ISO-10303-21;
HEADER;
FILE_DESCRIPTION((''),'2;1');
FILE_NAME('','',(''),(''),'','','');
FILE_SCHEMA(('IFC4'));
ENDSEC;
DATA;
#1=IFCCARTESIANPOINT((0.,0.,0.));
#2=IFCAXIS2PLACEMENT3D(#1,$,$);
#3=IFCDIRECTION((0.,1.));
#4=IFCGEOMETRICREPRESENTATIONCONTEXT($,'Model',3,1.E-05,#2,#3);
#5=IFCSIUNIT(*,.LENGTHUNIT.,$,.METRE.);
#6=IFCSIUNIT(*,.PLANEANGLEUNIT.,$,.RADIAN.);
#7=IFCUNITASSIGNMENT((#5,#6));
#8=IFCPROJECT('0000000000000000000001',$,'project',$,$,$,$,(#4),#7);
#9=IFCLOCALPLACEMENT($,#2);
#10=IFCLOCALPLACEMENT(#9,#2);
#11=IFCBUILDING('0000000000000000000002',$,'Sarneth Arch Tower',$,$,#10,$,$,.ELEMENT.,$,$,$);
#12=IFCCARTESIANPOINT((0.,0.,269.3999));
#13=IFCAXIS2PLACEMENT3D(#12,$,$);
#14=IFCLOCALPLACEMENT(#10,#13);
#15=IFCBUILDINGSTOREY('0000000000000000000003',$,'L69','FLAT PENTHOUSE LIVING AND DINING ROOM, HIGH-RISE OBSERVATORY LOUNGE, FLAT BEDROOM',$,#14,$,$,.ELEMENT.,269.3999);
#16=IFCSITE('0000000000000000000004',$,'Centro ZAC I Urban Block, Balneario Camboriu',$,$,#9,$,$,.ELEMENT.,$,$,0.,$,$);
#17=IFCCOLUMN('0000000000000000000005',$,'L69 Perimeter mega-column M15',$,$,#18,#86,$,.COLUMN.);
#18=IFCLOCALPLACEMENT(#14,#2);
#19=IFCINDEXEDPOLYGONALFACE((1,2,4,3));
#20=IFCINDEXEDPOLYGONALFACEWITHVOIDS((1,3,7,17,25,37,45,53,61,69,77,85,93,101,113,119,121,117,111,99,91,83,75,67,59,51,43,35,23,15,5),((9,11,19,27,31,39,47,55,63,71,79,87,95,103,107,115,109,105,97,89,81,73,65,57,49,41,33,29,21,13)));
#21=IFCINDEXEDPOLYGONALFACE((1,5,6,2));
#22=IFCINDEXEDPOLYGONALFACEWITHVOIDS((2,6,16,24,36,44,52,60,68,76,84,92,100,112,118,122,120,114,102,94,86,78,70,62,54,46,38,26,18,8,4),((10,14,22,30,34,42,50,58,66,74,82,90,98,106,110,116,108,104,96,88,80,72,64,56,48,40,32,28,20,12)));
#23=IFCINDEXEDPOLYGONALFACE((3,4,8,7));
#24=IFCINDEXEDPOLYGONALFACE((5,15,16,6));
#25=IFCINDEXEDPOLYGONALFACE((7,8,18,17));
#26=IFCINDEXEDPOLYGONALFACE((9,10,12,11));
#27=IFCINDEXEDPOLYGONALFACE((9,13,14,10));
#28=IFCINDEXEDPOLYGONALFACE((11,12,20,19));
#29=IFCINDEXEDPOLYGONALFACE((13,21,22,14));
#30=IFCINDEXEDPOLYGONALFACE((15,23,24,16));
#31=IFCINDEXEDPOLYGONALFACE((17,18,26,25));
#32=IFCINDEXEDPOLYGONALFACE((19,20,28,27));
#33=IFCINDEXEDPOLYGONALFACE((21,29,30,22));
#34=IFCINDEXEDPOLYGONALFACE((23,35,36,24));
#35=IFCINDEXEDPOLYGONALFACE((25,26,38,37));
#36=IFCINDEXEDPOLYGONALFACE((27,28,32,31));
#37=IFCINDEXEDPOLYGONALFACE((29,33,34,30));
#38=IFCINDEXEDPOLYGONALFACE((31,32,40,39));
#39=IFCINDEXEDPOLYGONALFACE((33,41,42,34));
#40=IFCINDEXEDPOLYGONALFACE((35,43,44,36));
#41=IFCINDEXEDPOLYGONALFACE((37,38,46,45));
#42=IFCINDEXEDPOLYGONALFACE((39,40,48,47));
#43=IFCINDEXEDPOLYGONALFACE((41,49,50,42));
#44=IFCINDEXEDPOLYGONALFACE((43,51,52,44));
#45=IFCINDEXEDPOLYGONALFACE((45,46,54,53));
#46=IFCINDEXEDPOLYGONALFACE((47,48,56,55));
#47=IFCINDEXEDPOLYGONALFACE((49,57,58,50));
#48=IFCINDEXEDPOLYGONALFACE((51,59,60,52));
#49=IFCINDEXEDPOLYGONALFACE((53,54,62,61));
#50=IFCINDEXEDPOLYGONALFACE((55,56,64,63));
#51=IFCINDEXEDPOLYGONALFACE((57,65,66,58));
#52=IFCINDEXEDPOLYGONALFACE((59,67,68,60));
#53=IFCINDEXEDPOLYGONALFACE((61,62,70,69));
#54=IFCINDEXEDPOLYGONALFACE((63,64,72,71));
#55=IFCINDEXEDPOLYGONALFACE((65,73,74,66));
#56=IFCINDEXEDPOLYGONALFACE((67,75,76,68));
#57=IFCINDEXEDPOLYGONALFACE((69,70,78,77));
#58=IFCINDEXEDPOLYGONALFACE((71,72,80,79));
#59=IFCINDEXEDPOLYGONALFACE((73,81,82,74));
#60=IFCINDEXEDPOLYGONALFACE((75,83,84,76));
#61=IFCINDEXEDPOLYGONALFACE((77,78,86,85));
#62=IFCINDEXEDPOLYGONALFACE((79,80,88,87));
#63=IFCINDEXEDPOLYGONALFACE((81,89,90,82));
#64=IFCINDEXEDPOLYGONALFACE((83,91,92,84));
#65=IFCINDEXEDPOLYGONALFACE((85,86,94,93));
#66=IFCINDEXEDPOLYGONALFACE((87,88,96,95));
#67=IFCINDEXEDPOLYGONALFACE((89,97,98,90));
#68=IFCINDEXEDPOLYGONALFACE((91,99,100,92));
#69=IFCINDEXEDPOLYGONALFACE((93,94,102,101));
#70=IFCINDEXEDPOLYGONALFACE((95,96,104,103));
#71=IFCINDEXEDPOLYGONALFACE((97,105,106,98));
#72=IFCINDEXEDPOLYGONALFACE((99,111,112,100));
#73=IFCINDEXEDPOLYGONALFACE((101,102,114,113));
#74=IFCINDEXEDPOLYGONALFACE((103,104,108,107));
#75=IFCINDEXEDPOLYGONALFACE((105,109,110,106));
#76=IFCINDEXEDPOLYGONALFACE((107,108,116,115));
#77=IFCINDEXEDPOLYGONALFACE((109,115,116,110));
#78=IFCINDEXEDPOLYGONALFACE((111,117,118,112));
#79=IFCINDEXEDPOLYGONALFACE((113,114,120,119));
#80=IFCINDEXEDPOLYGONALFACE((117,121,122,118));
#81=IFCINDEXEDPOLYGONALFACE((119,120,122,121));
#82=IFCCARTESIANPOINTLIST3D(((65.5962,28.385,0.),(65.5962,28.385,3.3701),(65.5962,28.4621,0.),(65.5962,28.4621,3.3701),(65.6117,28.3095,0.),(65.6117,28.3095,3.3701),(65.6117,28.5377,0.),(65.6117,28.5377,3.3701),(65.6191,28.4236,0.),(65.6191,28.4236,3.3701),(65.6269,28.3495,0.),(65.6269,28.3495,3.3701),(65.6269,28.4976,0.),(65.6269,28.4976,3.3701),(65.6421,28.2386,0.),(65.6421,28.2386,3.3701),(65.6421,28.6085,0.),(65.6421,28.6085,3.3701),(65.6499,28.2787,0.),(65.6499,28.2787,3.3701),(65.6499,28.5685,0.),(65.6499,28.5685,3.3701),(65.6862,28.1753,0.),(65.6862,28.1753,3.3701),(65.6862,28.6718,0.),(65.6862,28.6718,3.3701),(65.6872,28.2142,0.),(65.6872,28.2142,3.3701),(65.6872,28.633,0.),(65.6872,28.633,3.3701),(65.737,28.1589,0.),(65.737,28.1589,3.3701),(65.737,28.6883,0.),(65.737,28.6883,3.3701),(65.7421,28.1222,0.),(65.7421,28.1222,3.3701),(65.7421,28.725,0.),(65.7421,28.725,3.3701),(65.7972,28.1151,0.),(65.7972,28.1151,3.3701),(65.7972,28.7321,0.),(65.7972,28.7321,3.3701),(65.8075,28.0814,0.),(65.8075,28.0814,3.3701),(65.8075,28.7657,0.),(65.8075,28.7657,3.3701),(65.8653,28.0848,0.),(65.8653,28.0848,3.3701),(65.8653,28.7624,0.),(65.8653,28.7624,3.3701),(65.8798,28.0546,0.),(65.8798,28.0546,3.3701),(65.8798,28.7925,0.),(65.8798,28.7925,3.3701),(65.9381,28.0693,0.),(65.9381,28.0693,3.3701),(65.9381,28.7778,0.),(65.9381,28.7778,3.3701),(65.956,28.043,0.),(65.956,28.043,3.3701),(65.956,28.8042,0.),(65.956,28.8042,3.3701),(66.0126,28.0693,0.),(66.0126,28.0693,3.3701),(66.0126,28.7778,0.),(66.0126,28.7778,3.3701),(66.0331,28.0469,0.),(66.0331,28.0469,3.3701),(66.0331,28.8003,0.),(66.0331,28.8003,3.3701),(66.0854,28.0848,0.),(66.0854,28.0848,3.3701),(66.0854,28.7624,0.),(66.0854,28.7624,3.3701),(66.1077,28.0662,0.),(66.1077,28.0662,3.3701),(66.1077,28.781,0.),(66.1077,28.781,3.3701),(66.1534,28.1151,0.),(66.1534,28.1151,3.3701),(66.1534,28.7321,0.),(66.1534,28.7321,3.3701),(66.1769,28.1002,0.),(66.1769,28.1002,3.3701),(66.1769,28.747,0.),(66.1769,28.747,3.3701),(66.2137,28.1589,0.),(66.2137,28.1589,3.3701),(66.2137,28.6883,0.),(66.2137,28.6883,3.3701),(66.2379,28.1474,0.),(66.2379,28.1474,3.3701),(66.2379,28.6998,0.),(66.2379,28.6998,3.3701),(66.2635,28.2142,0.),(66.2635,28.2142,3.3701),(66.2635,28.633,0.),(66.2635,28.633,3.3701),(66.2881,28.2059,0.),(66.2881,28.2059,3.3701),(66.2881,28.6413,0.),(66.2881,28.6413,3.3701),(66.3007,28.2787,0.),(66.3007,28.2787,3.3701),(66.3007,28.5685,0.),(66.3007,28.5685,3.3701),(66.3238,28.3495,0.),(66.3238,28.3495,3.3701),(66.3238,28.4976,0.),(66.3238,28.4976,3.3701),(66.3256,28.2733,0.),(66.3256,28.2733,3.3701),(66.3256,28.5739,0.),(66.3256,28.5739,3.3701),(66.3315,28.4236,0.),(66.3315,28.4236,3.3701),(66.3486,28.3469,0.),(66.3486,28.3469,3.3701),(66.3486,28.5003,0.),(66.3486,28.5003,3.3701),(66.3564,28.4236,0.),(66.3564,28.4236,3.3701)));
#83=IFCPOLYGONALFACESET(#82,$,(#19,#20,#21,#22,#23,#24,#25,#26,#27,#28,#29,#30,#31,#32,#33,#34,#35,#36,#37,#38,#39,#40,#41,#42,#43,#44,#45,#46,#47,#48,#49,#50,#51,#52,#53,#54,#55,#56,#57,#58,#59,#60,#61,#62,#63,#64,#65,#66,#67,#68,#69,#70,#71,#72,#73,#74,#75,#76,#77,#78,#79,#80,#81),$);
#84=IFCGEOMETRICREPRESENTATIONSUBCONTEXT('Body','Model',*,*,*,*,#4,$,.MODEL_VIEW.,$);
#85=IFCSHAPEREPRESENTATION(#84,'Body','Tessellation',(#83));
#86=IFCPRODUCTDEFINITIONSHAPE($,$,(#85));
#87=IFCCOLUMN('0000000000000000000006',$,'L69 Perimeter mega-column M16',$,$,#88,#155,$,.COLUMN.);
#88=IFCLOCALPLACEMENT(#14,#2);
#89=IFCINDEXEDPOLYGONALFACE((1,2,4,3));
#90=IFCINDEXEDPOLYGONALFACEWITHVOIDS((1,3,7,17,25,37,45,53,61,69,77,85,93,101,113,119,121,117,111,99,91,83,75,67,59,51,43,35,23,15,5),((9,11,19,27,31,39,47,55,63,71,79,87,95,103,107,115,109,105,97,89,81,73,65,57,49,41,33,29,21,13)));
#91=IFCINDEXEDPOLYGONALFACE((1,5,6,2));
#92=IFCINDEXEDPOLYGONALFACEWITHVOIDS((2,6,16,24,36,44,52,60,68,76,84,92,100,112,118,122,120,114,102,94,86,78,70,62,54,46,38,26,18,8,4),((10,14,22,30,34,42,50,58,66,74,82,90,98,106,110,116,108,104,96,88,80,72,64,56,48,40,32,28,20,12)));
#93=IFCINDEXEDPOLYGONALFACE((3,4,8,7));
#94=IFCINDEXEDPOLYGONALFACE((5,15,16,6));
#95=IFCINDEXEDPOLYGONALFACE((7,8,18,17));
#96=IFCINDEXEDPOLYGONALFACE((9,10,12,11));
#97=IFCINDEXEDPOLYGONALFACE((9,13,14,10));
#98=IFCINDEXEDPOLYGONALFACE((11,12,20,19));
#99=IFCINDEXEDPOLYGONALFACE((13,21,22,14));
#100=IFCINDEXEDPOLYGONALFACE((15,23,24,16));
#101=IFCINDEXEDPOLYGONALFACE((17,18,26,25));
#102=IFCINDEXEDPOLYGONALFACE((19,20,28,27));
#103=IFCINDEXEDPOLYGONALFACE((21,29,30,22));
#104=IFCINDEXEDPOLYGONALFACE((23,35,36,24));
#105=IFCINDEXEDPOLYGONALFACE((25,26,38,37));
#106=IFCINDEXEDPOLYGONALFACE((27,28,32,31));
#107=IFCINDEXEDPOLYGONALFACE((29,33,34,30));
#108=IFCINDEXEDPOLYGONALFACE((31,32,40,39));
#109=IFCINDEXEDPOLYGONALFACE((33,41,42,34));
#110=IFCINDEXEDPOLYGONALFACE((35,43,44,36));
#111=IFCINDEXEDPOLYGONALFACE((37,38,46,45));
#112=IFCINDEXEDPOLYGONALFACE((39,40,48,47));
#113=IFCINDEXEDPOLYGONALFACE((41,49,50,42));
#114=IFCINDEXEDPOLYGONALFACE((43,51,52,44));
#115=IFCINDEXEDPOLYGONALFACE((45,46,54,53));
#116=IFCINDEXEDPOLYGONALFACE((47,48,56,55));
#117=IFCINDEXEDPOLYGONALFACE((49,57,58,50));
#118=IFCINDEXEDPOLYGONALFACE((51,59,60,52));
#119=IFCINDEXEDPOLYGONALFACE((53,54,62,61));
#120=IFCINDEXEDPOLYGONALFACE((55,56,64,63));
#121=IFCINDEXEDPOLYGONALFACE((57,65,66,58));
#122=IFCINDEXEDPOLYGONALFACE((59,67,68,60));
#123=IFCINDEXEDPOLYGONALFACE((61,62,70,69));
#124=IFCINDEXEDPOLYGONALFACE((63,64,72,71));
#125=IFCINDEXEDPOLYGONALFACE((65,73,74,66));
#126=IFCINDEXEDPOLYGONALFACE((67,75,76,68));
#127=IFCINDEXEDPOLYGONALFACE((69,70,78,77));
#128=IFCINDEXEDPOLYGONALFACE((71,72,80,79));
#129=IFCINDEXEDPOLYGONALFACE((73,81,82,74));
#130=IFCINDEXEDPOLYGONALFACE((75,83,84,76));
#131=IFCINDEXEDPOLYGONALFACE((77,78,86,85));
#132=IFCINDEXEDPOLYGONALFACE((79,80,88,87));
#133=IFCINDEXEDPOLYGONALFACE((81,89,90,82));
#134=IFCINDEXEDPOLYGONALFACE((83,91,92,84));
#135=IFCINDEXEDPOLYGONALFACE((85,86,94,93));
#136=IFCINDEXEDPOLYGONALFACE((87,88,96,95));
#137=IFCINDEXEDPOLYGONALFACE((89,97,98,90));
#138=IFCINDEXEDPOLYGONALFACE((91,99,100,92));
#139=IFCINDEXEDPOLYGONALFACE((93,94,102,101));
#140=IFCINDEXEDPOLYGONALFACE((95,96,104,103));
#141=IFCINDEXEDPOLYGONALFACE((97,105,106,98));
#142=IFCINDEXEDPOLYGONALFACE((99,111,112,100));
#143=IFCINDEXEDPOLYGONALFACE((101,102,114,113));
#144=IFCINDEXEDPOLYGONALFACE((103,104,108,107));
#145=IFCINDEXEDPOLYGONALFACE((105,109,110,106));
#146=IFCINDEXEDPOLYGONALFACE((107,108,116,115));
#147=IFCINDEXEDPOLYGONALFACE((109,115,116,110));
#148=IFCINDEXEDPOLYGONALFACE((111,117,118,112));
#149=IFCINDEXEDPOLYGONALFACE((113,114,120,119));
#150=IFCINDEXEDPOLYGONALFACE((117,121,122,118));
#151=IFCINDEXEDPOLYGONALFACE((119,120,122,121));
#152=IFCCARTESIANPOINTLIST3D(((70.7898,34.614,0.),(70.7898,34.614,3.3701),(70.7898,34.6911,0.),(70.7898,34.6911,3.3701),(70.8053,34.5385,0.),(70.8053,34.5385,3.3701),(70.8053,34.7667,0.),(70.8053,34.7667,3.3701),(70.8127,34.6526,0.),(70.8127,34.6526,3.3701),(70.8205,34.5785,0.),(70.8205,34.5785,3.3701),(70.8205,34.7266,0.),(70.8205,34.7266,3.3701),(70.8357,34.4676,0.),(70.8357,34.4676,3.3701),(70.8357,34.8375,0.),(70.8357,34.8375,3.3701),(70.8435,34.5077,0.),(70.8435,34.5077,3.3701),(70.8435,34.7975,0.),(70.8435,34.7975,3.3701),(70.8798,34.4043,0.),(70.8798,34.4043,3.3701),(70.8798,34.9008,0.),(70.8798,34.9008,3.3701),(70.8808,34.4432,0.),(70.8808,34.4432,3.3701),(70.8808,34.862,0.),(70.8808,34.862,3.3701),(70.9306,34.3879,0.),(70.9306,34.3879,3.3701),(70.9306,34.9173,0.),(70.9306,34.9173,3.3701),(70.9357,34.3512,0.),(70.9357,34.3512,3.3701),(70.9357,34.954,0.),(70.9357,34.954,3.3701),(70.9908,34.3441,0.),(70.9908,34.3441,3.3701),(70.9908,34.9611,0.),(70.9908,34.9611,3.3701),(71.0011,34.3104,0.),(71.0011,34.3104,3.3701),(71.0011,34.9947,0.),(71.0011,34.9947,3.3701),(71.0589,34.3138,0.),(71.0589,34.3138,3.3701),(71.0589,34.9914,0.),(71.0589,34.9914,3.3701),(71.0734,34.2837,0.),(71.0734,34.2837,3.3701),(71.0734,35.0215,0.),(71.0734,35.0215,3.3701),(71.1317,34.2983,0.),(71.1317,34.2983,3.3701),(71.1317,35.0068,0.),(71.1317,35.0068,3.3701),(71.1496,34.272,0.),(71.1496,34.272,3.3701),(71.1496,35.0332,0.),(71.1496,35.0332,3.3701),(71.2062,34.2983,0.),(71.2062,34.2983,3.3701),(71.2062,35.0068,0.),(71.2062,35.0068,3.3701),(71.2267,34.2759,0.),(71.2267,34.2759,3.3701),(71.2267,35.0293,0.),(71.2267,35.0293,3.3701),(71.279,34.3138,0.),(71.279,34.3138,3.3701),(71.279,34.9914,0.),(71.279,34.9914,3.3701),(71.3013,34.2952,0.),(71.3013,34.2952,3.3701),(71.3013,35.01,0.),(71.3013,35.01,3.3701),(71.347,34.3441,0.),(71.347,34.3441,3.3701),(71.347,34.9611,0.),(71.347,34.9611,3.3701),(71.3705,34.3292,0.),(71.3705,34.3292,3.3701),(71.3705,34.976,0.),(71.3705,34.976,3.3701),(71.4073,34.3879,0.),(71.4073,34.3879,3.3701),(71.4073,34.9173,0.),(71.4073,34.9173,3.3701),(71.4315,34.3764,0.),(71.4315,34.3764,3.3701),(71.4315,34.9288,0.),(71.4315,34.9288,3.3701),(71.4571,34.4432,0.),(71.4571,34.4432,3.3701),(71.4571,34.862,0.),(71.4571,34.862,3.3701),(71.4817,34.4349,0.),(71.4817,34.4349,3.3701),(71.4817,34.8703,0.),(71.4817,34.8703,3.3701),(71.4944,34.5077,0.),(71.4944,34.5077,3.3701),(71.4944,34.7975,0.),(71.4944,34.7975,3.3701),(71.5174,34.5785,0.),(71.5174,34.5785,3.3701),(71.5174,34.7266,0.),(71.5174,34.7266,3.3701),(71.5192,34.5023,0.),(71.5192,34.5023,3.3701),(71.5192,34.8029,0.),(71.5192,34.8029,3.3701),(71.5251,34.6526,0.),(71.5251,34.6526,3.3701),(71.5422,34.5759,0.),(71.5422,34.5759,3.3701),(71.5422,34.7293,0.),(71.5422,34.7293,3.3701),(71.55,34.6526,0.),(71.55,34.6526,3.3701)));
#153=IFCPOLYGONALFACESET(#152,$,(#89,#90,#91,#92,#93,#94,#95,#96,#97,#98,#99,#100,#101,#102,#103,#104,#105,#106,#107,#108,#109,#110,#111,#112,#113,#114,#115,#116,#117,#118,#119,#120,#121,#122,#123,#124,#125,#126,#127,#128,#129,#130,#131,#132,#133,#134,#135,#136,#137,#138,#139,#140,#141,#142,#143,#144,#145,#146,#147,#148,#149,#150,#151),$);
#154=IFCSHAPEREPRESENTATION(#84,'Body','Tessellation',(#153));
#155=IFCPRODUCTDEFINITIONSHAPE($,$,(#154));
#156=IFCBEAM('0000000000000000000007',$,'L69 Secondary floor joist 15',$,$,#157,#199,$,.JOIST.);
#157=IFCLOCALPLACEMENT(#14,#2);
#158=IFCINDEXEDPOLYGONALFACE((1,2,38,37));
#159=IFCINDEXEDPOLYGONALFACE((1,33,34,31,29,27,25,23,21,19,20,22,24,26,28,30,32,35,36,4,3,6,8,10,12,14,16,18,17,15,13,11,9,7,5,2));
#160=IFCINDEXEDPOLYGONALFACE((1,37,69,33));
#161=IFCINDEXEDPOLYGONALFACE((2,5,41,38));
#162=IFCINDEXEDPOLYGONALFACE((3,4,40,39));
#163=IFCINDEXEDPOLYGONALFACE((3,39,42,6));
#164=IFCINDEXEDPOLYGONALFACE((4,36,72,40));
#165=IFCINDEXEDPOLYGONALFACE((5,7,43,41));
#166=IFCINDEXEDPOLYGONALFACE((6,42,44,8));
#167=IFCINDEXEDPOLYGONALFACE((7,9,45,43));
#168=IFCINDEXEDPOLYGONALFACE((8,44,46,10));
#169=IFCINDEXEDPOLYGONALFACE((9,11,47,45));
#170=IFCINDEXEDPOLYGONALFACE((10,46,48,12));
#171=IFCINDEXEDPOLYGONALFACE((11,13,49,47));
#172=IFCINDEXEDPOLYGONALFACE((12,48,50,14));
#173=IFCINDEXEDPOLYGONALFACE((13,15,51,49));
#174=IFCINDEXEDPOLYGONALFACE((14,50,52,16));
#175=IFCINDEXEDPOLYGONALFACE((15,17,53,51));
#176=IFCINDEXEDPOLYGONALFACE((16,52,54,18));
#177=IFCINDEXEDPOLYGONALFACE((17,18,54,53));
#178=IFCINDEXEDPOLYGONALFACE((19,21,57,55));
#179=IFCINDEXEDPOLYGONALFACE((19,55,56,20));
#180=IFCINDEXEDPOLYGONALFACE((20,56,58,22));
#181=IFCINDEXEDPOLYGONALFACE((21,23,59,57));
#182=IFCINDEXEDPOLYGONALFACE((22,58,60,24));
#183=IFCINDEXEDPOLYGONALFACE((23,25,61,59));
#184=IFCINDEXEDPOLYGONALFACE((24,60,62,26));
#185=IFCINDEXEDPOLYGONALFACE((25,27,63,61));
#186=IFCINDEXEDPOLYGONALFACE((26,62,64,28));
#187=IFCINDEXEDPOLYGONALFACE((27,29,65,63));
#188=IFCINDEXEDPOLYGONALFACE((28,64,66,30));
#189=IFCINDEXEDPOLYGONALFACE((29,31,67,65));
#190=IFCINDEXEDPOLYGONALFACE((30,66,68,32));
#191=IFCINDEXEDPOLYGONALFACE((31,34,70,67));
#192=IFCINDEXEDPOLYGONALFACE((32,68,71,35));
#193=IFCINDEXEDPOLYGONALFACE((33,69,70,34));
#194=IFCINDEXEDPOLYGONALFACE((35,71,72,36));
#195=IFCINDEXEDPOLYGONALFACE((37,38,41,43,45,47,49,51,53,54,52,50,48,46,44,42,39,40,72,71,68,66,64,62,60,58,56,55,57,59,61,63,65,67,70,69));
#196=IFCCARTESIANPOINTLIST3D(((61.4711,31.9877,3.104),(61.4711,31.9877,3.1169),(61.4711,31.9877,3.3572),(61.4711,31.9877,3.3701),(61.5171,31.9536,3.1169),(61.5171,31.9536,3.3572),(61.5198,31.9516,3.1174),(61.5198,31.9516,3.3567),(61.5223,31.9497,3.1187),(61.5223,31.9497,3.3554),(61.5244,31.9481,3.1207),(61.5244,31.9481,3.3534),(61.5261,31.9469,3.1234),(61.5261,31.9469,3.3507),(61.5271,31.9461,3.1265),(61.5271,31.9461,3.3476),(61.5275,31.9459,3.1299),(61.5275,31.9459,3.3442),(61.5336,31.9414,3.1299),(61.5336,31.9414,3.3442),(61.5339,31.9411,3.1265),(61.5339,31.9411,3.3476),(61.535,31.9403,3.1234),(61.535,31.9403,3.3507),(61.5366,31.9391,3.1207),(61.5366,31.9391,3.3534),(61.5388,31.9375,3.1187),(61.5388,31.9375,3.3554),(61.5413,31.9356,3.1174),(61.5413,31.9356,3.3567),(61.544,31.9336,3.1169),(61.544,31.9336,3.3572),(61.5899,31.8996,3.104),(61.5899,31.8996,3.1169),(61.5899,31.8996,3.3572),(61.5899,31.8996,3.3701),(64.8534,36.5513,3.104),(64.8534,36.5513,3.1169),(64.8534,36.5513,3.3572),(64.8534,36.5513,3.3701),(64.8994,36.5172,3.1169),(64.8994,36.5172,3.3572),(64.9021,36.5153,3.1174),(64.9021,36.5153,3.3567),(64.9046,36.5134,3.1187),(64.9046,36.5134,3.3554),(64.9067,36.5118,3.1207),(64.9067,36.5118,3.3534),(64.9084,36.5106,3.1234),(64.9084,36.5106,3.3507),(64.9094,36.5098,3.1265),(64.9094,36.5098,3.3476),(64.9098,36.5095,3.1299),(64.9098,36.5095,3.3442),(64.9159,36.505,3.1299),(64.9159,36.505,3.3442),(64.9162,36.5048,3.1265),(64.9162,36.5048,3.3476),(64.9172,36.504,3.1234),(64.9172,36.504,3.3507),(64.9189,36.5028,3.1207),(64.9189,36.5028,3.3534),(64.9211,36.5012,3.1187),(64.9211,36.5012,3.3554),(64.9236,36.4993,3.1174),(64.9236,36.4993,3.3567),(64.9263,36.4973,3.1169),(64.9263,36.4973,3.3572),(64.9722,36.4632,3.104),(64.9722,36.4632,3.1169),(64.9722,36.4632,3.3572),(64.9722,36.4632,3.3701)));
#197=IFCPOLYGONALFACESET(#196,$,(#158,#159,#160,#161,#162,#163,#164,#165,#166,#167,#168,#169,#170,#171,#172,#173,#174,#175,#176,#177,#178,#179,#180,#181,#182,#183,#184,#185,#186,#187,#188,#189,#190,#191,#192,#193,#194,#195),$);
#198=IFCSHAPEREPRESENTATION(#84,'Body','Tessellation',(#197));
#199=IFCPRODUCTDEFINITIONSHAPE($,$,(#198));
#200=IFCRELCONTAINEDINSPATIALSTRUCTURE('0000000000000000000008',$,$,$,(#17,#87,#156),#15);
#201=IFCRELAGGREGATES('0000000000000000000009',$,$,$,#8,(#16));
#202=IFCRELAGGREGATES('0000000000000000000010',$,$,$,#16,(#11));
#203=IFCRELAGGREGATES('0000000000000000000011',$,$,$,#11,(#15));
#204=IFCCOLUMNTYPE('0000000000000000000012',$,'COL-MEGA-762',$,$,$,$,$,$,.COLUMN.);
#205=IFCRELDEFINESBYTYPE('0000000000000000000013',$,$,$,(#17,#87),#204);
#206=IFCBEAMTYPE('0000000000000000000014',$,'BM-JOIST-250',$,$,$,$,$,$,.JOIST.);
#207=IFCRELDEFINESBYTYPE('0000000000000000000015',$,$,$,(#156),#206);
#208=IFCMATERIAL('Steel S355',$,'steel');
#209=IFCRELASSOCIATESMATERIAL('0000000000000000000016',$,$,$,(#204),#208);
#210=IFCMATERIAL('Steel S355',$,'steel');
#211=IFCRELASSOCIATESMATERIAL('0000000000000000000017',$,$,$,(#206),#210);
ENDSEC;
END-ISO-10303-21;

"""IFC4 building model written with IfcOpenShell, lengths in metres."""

from ifc_helpers import new_model, si_unit, direction, frame, origin, origin_2d, place, context, subcontext, project, spatial, hollow_circle, i_section, extrude, material, material_profile, profile_set, type_object, element, save


model = new_model("IFC4")

# Units and contexts
model_context = context("Model", 3, precision=1e-05, world=origin(), true_north=direction((0.0, 1.0)))
body_context = subcontext(model_context, "Body", "Model", "MODEL_VIEW")
ifc_project = project(units=[si_unit("LENGTHUNIT", "METRE"), si_unit("PLANEANGLEUNIT", "RADIAN")], contexts=[model_context])

# Site, building, storey
site_placement = place(None, origin())
site = spatial("IfcSite", under=ifc_project, at=site_placement, Name="Centro ZAC I Urban Block, Balneario Camboriu", CompositionType="ELEMENT", RefElevation=0.0)
building_placement = place(site_placement, origin())
building = spatial("IfcBuilding", under=site, at=building_placement, Name="Sarneth Arch Tower", CompositionType="ELEMENT")
storey_placement = place(building_placement, frame((0.0, 0.0, 269.3999)))
storey = spatial("IfcBuildingStorey", under=building, at=storey_placement, Name="L69", Description="FLAT PENTHOUSE LIVING AND DINING ROOM, HIGH-RISE OBSERVATORY LOUNGE, FLAT BEDROOM", CompositionType="ELEMENT", Elevation=269.3999)

# Columns
ifc_material_1 = material(Name="Steel S355", Category="steel")
ifc_material_profile_1 = material_profile(ifc_material_1, hollow_circle(Radius=0.3811, WallThickness=0.0249, at=origin_2d()), Name="CHS762x25")
ifc_profile_set_1 = profile_set([ifc_material_profile_1], Name="Steel S355")
column_type = type_object("IfcColumnType", Name="COL-MEGA-762", PredefinedType="COLUMN", material=ifc_profile_set_1)
for number, where, z_axis, x_axis, name in (
    (1, (65.9753, 28.4236, 0.0), (0.0, 0.0, 1.0), (1.0, 0.0, 0.0), "L69 Perimeter mega-column M15"),
    (2, (71.1689, 34.6526, 0.0), (0.0, 0.0, 1.0), (1.0, 0.0, 0.0), "L69 Perimeter mega-column M16"),
):
    element("IfcColumn", number, at=place(storey_placement, frame(where, z_axis=z_axis, x_axis=x_axis)), inside=storey, type_object=column_type, Name=name, PredefinedType="COLUMN", context=body_context, shape_type="SweptSolid", body=[
        extrude(hollow_circle(Radius=0.3811, WallThickness=0.0249, at=origin_2d()), origin(), (0.0, 0.0, 1.0), 3.3701),
    ])

# Beam
ifc_material_2 = material(Name="Steel S355", Category="steel")
ifc_material_profile_2 = material_profile(ifc_material_2, i_section(OverallWidth=0.1479, OverallDepth=0.2661, WebThickness=0.0076, FlangeThickness=0.0129, FilletRadius=0.0129, at=origin_2d()), Name="W250x44.8")
ifc_profile_set_2 = profile_set([ifc_material_profile_2], Name="Steel S355")
beam_type_1 = type_object("IfcBeamType", Name="BM-JOIST-250", PredefinedType="JOIST", material=ifc_profile_set_2)
beam_1_placement = place(storey_placement, frame((61.5305, 31.9436, 3.2371), z_axis=(0.595431, 0.803406, 0.0), x_axis=(-0.803406, 0.595431, 0.0)))
element("IfcBeam", 3, at=beam_1_placement, inside=storey, type_object=beam_type_1, Name="L69 Secondary floor joist 15", PredefinedType="JOIST", context=body_context, shape_type="SweptSolid", body=[
    extrude(i_section(OverallWidth=0.1479, OverallDepth=0.2661, WebThickness=0.0076, FlangeThickness=0.0129, FilletRadius=0.0129, at=origin_2d()), origin(), (0.0, 0.0, 1.0), 5.6804),
])

save(model, "model.ifc")
